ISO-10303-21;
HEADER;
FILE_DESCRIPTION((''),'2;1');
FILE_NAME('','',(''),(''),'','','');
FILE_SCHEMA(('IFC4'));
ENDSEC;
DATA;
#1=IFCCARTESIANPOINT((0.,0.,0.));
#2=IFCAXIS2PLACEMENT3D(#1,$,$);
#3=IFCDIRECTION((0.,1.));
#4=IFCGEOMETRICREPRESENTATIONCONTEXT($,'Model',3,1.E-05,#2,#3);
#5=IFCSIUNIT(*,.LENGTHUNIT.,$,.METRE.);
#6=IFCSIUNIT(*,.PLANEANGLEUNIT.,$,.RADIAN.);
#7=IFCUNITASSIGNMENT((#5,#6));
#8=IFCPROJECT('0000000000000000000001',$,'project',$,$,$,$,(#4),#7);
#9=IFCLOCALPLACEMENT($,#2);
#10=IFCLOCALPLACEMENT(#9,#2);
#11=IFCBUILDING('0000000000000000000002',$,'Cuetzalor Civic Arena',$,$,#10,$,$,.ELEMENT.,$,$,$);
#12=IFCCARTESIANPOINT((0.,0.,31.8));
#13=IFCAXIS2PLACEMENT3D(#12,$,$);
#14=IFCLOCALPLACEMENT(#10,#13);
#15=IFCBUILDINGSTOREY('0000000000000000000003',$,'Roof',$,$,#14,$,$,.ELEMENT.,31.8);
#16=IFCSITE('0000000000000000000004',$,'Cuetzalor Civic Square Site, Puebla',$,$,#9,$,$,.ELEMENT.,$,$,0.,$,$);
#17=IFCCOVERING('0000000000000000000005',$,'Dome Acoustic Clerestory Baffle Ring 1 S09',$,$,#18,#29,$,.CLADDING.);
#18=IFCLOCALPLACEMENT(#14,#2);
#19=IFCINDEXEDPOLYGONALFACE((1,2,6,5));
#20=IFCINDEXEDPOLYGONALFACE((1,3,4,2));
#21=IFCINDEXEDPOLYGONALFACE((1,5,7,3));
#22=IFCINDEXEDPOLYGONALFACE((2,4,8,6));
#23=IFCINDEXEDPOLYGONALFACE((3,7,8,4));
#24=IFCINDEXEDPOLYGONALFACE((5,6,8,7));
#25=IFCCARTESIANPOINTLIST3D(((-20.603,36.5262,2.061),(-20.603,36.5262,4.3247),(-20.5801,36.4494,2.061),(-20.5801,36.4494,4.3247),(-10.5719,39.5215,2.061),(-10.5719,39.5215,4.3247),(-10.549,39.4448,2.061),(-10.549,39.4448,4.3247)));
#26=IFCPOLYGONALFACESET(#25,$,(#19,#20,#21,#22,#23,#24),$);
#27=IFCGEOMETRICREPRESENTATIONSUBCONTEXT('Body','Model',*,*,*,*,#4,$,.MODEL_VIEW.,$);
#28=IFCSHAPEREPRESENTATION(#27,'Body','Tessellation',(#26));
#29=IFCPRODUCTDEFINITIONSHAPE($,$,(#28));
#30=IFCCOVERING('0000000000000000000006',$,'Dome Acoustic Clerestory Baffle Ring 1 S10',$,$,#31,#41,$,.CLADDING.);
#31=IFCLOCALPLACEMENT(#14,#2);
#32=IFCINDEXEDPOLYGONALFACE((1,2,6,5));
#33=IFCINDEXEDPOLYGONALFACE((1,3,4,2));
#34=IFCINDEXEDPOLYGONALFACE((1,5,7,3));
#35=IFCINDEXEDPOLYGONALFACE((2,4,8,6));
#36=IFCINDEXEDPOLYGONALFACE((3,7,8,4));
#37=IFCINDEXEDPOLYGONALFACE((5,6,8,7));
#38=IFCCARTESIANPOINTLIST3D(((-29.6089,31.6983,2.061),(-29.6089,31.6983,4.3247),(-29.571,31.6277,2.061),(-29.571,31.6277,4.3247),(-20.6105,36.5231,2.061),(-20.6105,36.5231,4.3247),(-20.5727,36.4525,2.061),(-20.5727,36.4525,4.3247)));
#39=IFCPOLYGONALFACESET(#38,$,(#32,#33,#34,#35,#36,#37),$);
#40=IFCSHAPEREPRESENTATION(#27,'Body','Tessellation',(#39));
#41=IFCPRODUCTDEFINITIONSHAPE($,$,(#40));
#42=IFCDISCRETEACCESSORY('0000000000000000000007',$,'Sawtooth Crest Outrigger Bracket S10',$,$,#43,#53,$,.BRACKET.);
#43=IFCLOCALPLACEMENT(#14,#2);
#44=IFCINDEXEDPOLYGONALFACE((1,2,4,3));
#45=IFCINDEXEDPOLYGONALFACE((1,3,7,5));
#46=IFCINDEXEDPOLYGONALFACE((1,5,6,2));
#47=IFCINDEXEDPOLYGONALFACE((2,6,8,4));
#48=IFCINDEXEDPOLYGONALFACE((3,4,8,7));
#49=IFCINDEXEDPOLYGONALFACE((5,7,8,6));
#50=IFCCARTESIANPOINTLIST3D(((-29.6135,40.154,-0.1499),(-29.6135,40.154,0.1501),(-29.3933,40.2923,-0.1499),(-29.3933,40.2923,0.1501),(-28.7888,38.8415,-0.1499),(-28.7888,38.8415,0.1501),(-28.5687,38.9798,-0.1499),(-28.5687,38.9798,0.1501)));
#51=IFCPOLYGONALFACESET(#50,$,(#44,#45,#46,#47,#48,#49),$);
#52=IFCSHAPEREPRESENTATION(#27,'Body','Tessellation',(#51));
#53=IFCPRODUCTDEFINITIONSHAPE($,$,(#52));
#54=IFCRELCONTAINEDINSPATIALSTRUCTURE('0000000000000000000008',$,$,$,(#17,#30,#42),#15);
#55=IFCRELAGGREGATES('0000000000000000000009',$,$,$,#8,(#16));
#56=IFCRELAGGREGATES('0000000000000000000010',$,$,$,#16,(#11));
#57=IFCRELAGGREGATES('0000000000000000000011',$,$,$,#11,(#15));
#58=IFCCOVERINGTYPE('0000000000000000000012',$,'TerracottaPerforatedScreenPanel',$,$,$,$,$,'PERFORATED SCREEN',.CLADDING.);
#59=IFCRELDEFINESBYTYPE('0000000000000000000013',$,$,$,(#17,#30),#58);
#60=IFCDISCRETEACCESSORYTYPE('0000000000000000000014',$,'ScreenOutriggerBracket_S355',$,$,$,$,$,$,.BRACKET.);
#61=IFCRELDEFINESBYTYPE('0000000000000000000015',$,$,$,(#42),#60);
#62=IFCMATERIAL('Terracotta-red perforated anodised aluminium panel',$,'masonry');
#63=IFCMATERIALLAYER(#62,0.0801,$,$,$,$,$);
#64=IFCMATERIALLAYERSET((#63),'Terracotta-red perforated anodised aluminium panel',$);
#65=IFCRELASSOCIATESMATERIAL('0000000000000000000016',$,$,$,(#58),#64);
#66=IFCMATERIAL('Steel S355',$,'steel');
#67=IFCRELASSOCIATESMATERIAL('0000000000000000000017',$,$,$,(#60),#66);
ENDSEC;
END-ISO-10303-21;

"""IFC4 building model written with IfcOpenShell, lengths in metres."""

from ifc_helpers import new_model, si_unit, direction, frame, frame_2d, origin, origin_2d, place, context, subcontext, project, spatial, rectangle, extrude, material, layer, layer_set, type_object, element, save


model = new_model("IFC4")

# Units and contexts
model_context = context("Model", 3, precision=1e-05, world=origin(), true_north=direction((0.0, 1.0)))
body_context = subcontext(model_context, "Body", "Model", "MODEL_VIEW")
ifc_project = project(units=[si_unit("LENGTHUNIT", "METRE"), si_unit("PLANEANGLEUNIT", "RADIAN")], contexts=[model_context])

# Site, building, storey
site_placement = place(None, origin())
site = spatial("IfcSite", under=ifc_project, at=site_placement, Name="Cuetzalor Civic Square Site, Puebla", CompositionType="ELEMENT", RefElevation=0.0)
building_placement = place(site_placement, origin())
building = spatial("IfcBuilding", under=site, at=building_placement, Name="Cuetzalor Civic Arena", CompositionType="ELEMENT")
storey_placement = place(building_placement, frame((0.0, 0.0, 31.8)))
storey = spatial("IfcBuildingStorey", under=building, at=storey_placement, Name="Roof", CompositionType="ELEMENT", Elevation=31.8)

# Coverings
ifc_material_1 = material(Name="Terracotta-red perforated anodised aluminium panel", Category="masonry")
ifc_layer_1 = layer(ifc_material_1, 0.0801)
ifc_layer_set_1 = layer_set([ifc_layer_1], Name="Terracotta-red perforated anodised aluminium panel")
covering_type = type_object("IfcCoveringType", Name="TerracottaPerforatedScreenPanel", ElementType="PERFORATED SCREEN", PredefinedType="CLADDING", material=ifc_layer_set_1)
covering_1_placement = place(storey_placement, frame((-20.5916, 36.4878, 2.061), z_axis=(0.0, 0.0, 1.0), x_axis=(0.958192, 0.286126, 0.0)))
element("IfcCovering", 1, at=covering_1_placement, inside=storey, type_object=covering_type, Name="Dome Acoustic Clerestory Baffle Ring 1 S09", PredefinedType="CLADDING", context=body_context, shape_type="SweptSolid", body=[
    extrude(rectangle(XDim=10.4688, YDim=0.0801, at=frame_2d((5.2344, 0.0))), origin(), (0.0, 0.0, 1.0), 2.2637),
])
covering_2_placement = place(storey_placement, frame((-29.5898, 31.6631, 2.061), z_axis=(0.0, 0.0, 1.0), x_axis=(0.881309, 0.472541, 0.0)))
element("IfcCovering", 2, at=covering_2_placement, inside=storey, type_object=covering_type, Name="Dome Acoustic Clerestory Baffle Ring 1 S10", PredefinedType="CLADDING", context=body_context, shape_type="SweptSolid", body=[
    extrude(rectangle(XDim=10.2102, YDim=0.0801, at=frame_2d((5.105, 0.0))), origin(), (0.0, 0.0, 1.0), 2.2637),
])

# Discrete accessory
ifc_material_2 = material(Name="Steel S355", Category="steel")
discrete_accessory_type = type_object("IfcDiscreteAccessoryType", Name="ScreenOutriggerBracket_S355", PredefinedType="BRACKET", material=ifc_material_2)
discrete_accessory_placement = place(storey_placement, frame((-29.0911, 39.5669, -0.1499), z_axis=(0.0, 0.0, 1.0), x_axis=(-0.53199, 0.846751, 0.0)))
element("IfcDiscreteAccessory", 3, at=discrete_accessory_placement, inside=storey, type_object=discrete_accessory_type, Name="Sawtooth Crest Outrigger Bracket S10", PredefinedType="BRACKET", context=body_context, shape_type="SweptSolid", body=[
    extrude(rectangle(XDim=1.55, YDim=0.26, at=origin_2d()), origin(), (0.0, 0.0, 1.0), 0.3),
])

save(model, "model.ifc")
